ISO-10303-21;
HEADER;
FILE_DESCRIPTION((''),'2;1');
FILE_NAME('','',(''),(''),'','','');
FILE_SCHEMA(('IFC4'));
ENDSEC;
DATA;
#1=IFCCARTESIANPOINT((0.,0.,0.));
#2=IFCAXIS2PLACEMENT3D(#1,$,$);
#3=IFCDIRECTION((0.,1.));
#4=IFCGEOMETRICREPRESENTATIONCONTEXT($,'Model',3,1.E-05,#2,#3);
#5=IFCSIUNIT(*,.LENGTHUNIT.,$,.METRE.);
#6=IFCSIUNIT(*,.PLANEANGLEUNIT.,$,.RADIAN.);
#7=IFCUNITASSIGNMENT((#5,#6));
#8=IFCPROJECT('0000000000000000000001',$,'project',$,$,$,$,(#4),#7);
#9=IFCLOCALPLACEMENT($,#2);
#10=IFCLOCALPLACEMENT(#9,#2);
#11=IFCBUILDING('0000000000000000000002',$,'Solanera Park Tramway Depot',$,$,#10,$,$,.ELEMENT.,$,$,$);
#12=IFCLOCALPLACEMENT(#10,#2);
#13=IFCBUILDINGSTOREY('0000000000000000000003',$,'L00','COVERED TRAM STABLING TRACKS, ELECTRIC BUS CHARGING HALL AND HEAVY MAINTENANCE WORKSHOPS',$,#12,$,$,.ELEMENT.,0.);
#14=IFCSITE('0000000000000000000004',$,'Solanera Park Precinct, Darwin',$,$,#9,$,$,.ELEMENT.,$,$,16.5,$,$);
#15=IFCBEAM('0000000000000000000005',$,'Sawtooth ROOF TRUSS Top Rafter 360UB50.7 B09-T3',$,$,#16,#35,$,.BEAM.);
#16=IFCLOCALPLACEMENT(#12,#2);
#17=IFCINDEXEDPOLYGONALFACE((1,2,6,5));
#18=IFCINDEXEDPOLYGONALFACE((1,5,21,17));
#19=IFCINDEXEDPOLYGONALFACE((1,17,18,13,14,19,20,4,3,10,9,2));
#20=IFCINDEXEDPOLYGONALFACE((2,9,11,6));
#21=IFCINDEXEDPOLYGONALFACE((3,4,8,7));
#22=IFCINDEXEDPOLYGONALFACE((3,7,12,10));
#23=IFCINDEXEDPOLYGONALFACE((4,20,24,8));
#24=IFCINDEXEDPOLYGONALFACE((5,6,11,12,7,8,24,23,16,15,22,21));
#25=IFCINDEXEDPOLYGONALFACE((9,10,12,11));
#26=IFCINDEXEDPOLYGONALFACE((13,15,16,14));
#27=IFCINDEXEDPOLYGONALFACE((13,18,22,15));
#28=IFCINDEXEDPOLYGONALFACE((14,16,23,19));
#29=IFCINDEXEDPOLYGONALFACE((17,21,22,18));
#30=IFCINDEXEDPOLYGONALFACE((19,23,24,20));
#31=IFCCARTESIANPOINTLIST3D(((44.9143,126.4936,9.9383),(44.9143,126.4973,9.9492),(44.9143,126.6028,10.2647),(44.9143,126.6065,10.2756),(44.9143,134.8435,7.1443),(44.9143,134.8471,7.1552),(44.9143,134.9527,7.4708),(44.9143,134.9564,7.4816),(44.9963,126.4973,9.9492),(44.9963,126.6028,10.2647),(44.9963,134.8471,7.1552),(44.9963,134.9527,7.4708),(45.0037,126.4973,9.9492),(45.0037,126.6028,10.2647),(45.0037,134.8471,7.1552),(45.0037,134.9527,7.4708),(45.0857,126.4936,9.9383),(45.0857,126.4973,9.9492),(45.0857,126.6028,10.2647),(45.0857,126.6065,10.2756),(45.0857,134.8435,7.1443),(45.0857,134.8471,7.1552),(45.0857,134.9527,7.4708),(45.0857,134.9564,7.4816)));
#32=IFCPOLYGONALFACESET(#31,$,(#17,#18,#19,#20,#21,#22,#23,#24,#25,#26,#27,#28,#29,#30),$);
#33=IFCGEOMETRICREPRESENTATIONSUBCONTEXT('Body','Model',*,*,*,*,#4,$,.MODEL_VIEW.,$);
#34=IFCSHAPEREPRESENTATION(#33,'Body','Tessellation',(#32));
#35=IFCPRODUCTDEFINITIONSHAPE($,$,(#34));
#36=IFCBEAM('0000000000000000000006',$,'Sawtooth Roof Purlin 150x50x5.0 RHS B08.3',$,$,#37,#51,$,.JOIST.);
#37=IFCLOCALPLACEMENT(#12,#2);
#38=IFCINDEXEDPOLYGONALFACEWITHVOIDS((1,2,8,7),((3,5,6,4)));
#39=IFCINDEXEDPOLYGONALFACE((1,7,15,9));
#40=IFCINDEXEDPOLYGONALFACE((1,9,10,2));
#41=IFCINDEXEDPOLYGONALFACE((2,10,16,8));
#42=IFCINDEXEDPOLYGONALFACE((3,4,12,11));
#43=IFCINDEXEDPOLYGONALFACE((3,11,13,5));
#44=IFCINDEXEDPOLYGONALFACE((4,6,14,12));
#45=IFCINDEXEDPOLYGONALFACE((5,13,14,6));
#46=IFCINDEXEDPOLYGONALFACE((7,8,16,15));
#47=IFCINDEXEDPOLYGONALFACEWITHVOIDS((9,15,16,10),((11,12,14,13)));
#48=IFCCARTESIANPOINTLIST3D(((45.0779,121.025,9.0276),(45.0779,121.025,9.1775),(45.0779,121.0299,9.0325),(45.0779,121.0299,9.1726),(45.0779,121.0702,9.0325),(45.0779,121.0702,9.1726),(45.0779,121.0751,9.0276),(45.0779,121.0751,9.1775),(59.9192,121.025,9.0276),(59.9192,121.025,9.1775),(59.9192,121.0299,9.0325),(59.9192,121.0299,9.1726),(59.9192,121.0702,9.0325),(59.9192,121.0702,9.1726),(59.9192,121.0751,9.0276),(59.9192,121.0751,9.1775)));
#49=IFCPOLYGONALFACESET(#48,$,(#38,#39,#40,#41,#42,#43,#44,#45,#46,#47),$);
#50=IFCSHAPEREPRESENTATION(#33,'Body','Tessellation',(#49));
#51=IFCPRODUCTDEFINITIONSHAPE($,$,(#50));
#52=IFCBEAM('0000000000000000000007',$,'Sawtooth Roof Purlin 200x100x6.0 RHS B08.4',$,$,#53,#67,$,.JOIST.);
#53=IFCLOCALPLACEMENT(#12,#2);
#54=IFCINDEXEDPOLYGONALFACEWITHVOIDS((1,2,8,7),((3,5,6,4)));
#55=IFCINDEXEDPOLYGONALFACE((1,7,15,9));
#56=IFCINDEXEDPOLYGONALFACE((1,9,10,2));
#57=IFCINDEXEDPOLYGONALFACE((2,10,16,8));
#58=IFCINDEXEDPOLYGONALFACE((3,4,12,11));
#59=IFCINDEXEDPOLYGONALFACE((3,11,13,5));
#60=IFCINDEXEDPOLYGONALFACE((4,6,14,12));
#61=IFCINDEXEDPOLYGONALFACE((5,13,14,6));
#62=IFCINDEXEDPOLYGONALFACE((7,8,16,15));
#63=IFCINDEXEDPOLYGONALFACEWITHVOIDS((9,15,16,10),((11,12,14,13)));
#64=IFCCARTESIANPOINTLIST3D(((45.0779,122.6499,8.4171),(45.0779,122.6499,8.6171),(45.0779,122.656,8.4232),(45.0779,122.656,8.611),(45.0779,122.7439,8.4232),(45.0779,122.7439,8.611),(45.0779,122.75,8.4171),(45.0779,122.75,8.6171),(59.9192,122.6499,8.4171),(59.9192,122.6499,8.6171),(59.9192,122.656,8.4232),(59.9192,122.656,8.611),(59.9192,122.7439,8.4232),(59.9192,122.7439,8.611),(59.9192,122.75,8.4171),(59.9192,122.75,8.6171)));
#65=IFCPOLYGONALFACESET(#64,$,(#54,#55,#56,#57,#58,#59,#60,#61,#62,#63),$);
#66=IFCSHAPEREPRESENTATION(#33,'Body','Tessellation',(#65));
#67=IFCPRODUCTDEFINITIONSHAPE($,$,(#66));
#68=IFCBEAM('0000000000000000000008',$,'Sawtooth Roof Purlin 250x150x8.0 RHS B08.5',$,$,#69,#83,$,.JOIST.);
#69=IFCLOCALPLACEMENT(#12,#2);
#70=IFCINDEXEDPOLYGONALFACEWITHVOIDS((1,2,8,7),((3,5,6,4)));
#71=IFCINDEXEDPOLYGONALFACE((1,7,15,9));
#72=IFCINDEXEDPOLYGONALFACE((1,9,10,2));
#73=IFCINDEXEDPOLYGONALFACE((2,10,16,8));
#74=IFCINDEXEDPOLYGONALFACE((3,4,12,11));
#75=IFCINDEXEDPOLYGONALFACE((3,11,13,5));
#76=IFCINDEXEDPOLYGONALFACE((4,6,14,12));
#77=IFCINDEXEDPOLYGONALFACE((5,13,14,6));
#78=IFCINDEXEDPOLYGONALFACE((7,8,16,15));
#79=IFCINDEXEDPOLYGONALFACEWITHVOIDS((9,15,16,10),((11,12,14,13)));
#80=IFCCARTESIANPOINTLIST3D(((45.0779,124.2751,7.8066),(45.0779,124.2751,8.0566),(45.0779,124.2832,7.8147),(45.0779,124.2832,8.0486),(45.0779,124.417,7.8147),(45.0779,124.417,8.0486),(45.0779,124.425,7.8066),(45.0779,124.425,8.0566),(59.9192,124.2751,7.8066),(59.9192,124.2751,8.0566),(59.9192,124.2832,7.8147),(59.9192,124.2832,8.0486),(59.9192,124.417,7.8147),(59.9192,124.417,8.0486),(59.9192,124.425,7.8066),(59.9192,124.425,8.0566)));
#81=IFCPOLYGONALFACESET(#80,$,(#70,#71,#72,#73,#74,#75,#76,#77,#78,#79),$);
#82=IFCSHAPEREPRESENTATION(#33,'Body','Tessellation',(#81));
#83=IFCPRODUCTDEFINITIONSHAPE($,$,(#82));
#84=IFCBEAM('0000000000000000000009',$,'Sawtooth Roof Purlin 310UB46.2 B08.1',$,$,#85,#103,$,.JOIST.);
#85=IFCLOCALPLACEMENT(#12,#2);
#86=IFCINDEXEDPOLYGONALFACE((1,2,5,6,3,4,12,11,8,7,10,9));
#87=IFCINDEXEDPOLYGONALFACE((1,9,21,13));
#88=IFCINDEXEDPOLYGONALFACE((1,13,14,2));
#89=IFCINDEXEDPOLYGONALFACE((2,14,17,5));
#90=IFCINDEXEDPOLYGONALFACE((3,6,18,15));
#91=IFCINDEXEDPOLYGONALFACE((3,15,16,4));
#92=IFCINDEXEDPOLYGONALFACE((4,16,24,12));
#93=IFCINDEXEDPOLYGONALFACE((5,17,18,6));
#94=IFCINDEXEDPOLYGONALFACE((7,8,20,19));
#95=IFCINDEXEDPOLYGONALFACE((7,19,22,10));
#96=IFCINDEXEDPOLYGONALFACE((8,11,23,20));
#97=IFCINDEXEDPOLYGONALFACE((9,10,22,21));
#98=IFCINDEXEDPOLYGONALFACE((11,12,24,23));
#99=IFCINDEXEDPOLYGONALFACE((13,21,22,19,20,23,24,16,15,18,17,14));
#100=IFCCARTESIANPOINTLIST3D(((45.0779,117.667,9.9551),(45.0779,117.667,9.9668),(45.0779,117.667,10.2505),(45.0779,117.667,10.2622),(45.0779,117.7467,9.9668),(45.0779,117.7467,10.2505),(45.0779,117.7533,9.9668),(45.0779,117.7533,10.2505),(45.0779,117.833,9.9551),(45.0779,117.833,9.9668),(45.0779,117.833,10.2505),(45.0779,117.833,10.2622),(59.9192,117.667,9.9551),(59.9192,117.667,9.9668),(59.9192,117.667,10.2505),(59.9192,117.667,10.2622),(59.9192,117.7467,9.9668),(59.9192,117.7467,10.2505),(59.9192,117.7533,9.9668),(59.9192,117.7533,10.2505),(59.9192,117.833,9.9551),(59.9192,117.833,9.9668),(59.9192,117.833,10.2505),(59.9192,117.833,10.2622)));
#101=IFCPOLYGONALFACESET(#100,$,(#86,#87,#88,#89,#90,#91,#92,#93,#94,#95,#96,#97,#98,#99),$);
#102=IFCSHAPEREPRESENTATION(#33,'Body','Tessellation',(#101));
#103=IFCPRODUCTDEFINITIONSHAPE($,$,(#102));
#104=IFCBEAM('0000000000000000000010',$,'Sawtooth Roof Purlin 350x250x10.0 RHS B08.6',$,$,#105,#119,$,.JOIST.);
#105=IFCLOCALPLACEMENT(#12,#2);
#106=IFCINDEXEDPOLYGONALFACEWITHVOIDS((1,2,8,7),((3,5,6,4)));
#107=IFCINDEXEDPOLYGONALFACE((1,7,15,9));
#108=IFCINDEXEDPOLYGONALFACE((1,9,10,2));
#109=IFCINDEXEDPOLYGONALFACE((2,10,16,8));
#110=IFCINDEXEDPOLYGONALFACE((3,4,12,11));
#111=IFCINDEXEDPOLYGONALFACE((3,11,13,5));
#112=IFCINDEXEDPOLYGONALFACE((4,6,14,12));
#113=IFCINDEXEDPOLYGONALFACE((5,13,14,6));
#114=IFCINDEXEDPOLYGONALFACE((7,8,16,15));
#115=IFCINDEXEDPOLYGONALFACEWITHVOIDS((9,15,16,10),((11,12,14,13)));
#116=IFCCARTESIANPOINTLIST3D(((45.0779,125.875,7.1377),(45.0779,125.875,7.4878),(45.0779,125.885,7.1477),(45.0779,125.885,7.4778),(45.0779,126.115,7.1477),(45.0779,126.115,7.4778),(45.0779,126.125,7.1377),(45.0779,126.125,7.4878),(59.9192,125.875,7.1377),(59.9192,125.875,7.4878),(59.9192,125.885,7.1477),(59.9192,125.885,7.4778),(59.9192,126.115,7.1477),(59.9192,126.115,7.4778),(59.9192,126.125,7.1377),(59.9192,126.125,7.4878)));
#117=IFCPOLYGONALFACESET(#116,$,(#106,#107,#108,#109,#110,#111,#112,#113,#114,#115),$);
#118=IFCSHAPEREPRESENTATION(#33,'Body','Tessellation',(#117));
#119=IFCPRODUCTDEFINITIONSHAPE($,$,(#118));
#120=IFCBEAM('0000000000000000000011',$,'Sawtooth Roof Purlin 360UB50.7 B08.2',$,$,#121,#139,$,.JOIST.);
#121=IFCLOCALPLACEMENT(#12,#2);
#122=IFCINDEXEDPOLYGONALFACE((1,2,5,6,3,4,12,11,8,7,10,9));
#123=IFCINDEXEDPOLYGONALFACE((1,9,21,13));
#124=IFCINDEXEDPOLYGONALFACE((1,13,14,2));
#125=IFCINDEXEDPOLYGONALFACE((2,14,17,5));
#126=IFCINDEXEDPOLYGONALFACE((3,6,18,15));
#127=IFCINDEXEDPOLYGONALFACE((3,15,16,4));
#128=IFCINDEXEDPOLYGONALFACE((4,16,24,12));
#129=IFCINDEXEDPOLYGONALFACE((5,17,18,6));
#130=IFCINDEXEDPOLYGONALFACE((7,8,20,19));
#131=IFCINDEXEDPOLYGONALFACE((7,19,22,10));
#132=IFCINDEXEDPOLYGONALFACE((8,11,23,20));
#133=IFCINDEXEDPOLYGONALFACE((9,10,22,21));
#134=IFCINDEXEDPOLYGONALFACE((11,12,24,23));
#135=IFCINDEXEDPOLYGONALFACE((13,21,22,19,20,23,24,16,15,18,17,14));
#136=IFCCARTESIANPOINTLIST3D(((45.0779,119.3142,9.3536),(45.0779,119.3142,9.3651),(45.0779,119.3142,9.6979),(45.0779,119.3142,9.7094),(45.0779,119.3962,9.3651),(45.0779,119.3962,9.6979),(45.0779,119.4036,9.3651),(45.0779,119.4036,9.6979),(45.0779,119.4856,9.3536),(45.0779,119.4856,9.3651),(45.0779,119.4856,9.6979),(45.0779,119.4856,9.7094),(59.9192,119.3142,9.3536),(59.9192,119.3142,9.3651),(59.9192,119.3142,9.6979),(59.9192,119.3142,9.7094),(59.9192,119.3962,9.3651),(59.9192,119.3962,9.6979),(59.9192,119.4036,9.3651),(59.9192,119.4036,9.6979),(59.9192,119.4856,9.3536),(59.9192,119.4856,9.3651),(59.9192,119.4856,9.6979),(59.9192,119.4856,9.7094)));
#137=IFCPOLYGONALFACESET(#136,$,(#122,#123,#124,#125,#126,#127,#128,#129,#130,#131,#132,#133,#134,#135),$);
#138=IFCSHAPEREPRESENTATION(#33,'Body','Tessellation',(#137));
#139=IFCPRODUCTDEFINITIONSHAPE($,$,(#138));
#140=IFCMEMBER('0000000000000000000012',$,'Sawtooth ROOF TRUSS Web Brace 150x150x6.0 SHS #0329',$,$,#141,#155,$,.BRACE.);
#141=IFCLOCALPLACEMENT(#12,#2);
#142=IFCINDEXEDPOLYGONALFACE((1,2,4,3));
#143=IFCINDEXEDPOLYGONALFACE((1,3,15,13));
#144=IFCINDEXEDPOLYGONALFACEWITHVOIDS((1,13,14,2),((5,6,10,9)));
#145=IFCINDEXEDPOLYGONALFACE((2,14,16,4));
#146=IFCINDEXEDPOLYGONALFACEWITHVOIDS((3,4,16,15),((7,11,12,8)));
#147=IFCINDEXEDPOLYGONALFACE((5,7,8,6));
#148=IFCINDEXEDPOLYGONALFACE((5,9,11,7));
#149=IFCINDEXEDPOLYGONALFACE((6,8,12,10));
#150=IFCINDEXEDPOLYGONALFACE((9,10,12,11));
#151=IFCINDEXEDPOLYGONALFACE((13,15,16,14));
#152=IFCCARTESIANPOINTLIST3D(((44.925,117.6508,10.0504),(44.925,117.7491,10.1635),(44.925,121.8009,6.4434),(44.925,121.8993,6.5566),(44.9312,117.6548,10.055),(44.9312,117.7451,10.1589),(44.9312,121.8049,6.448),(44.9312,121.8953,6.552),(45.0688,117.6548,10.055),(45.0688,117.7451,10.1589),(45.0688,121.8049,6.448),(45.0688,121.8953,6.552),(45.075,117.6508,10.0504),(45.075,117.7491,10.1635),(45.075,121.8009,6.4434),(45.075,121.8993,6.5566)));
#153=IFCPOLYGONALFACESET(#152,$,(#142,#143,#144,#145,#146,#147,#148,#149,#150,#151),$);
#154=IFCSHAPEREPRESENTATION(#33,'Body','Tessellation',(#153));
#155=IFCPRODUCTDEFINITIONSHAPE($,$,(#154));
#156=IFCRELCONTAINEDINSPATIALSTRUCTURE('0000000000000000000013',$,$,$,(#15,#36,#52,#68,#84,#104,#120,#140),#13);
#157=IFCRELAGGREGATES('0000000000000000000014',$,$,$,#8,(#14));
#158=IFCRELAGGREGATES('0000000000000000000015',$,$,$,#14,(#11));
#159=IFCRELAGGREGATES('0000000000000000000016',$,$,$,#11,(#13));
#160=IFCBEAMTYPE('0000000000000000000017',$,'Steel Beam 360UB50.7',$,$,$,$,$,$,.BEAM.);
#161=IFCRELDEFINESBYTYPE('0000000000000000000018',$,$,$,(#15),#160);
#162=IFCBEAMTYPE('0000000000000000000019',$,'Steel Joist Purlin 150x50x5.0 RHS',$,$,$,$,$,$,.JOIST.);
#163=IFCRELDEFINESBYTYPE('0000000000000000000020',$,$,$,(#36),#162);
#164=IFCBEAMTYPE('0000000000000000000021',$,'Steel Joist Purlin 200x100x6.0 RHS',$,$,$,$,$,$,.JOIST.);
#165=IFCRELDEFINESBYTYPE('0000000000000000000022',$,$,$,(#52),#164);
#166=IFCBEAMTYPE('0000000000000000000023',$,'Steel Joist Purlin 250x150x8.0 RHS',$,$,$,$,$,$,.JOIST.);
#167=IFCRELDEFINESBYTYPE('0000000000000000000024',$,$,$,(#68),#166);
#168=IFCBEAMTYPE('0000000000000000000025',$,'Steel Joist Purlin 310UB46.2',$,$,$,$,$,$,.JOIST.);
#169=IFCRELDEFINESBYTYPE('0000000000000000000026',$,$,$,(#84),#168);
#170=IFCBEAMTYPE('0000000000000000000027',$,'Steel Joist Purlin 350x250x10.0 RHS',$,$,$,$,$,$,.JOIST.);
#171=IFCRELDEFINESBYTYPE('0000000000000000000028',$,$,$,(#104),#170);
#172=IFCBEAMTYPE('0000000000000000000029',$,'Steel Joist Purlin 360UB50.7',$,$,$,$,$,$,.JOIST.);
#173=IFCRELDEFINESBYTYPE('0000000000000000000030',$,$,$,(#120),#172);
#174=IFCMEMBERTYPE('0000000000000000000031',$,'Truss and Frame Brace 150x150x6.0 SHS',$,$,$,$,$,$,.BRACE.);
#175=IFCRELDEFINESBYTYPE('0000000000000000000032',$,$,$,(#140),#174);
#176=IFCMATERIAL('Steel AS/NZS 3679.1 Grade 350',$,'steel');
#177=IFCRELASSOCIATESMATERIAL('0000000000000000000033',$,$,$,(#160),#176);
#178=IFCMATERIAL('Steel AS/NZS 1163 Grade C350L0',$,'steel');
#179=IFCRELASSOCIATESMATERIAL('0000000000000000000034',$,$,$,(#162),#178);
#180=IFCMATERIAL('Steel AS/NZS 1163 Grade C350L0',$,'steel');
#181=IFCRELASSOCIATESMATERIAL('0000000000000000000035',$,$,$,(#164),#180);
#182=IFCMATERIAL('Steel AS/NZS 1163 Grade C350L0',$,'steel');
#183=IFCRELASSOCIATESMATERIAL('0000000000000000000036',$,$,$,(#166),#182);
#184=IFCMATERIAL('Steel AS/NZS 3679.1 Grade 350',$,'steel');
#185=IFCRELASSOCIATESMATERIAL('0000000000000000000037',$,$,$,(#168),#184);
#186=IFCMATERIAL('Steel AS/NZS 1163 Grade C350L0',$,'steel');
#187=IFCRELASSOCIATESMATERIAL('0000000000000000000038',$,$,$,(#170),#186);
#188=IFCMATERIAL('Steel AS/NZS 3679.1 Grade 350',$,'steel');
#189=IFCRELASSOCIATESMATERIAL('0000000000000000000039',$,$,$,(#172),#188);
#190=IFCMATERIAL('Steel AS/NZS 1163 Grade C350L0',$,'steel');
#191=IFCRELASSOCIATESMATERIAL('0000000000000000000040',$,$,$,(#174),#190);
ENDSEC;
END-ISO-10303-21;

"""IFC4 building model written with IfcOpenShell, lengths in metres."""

from ifc_helpers import new_model, si_unit, direction, frame, origin, origin_2d, place, context, subcontext, project, spatial, hollow_rectangle, i_section, extrude, material, material_profile, profile_set, type_object, element, save


model = new_model("IFC4")

# Units and contexts
model_context = context("Model", 3, precision=1e-05, world=origin(), true_north=direction((0.0, 1.0)))
body_context = subcontext(model_context, "Body", "Model", "MODEL_VIEW")
ifc_project = project(units=[si_unit("LENGTHUNIT", "METRE"), si_unit("PLANEANGLEUNIT", "RADIAN")], contexts=[model_context])

# Site, building, storey
site_placement = place(None, origin())
site = spatial("IfcSite", under=ifc_project, at=site_placement, Name="Solanera Park Precinct, Darwin", CompositionType="ELEMENT", RefElevation=16.5)
building_placement = place(site_placement, origin())
building = spatial("IfcBuilding", under=site, at=building_placement, Name="Solanera Park Tramway Depot", CompositionType="ELEMENT")
storey_placement = place(building_placement, origin())
storey = spatial("IfcBuildingStorey", under=building, at=storey_placement, Name="L00", Description="COVERED TRAM STABLING TRACKS, ELECTRIC BUS CHARGING HALL AND HEAVY MAINTENANCE WORKSHOPS", CompositionType="ELEMENT", Elevation=0.0)

# Beams
ifc_material_1 = material(Name="Steel AS/NZS 3679.1 Grade 350", Category="steel")
ifc_material_profile_1 = material_profile(ifc_material_1, i_section(OverallWidth=0.1714, OverallDepth=0.3557, WebThickness=0.0073, FlangeThickness=0.0115, at=origin_2d()), Name="360UB50.7")
ifc_profile_set_1 = profile_set([ifc_material_profile_1], Name="Steel AS/NZS 3679.1 Grade 350")
beam_type_1 = type_object("IfcBeamType", Name="Steel Beam 360UB50.7", PredefinedType="BEAM", material=ifc_profile_set_1)
beam_1_placement = place(storey_placement, frame((45.0, 126.55, 10.1069), z_axis=(0.0, 0.948319, -0.317317), x_axis=(-1.0, 0.0, 0.0)))
element("IfcBeam", 1, at=beam_1_placement, inside=storey, type_object=beam_type_1, Name="Sawtooth ROOF TRUSS Top Rafter 360UB50.7 B09-T3", PredefinedType="BEAM", context=body_context, shape_type="SweptSolid", body=[
    extrude(i_section(OverallWidth=0.1714, OverallDepth=0.3557, WebThickness=0.0073, FlangeThickness=0.0115, at=origin_2d()), origin(), (0.0, 0.0, 1.0), 8.8049),
])
ifc_material_2 = material(Name="Steel AS/NZS 1163 Grade C350L0", Category="steel")
ifc_material_profile_2 = material_profile(ifc_material_2, hollow_rectangle(XDim=0.05, YDim=0.1499, WallThickness=0.0049, at=origin_2d()), Name="150x50x5.0 RHS")
ifc_profile_set_2 = profile_set([ifc_material_profile_2], Name="Steel AS/NZS 1163 Grade C350L0")
beam_type_2 = type_object("IfcBeamType", Name="Steel Joist Purlin 150x50x5.0 RHS", PredefinedType="JOIST", material=ifc_profile_set_2)
beam_2_placement = place(storey_placement, frame((45.0779, 121.05, 9.1025), z_axis=(1.0, 0.0, 0.0), x_axis=(0.0, 1.0, 0.0)))
element("IfcBeam", 2, at=beam_2_placement, inside=storey, type_object=beam_type_2, Name="Sawtooth Roof Purlin 150x50x5.0 RHS B08.3", PredefinedType="JOIST", context=body_context, shape_type="SweptSolid", body=[
    extrude(hollow_rectangle(XDim=0.05, YDim=0.1499, WallThickness=0.0049, at=origin_2d()), origin(), (0.0, 0.0, 1.0), 14.8413),
])
ifc_material_3 = material(Name="Steel AS/NZS 1163 Grade C350L0", Category="steel")
ifc_material_profile_3 = material_profile(ifc_material_3, hollow_rectangle(XDim=0.1001, YDim=0.2, WallThickness=0.0061, at=origin_2d()), Name="200x100x6.0 RHS")
ifc_profile_set_3 = profile_set([ifc_material_profile_3], Name="Steel AS/NZS 1163 Grade C350L0")
beam_type_3 = type_object("IfcBeamType", Name="Steel Joist Purlin 200x100x6.0 RHS", PredefinedType="JOIST", material=ifc_profile_set_3)
beam_3_placement = place(storey_placement, frame((45.0779, 122.7, 8.5171), z_axis=(1.0, 0.0, 0.0), x_axis=(0.0, 1.0, 0.0)))
element("IfcBeam", 3, at=beam_3_placement, inside=storey, type_object=beam_type_3, Name="Sawtooth Roof Purlin 200x100x6.0 RHS B08.4", PredefinedType="JOIST", context=body_context, shape_type="SweptSolid", body=[
    extrude(hollow_rectangle(XDim=0.1001, YDim=0.2, WallThickness=0.0061, at=origin_2d()), origin(), (0.0, 0.0, 1.0), 14.8413),
])
ifc_material_4 = material(Name="Steel AS/NZS 1163 Grade C350L0", Category="steel")
ifc_material_profile_4 = material_profile(ifc_material_4, hollow_rectangle(XDim=0.1499, YDim=0.25, WallThickness=0.0081, at=origin_2d()), Name="250x150x8.0 RHS")
ifc_profile_set_4 = profile_set([ifc_material_profile_4], Name="Steel AS/NZS 1163 Grade C350L0")
beam_type_4 = type_object("IfcBeamType", Name="Steel Joist Purlin 250x150x8.0 RHS", PredefinedType="JOIST", material=ifc_profile_set_4)
beam_4_placement = place(storey_placement, frame((45.0779, 124.3501, 7.9316), z_axis=(1.0, 0.0, 0.0), x_axis=(0.0, 1.0, 0.0)))
element("IfcBeam", 4, at=beam_4_placement, inside=storey, type_object=beam_type_4, Name="Sawtooth Roof Purlin 250x150x8.0 RHS B08.5", PredefinedType="JOIST", context=body_context, shape_type="SweptSolid", body=[
    extrude(hollow_rectangle(XDim=0.1499, YDim=0.25, WallThickness=0.0081, at=origin_2d()), origin(), (0.0, 0.0, 1.0), 14.8413),
])
ifc_material_5 = material(Name="Steel AS/NZS 3679.1 Grade 350", Category="steel")
ifc_material_profile_5 = material_profile(ifc_material_5, i_section(OverallWidth=0.166, OverallDepth=0.3071, WebThickness=0.0066, FlangeThickness=0.0117, at=origin_2d()), Name="310UB46.2")
ifc_profile_set_5 = profile_set([ifc_material_profile_5], Name="Steel AS/NZS 3679.1 Grade 350")
beam_type_5 = type_object("IfcBeamType", Name="Steel Joist Purlin 310UB46.2", PredefinedType="JOIST", material=ifc_profile_set_5)
beam_5_placement = place(storey_placement, frame((45.0779, 117.75, 10.1086), z_axis=(1.0, 0.0, 0.0), x_axis=(0.0, 1.0, 0.0)))
element("IfcBeam", 5, at=beam_5_placement, inside=storey, type_object=beam_type_5, Name="Sawtooth Roof Purlin 310UB46.2 B08.1", PredefinedType="JOIST", context=body_context, shape_type="SweptSolid", body=[
    extrude(i_section(OverallWidth=0.166, OverallDepth=0.3071, WebThickness=0.0066, FlangeThickness=0.0117, at=origin_2d()), origin(), (0.0, 0.0, 1.0), 14.8413),
])
ifc_material_6 = material(Name="Steel AS/NZS 1163 Grade C350L0", Category="steel")
ifc_material_profile_6 = material_profile(ifc_material_6, hollow_rectangle(XDim=0.25, YDim=0.3501, WallThickness=0.01, at=origin_2d()), Name="350x250x10.0 RHS")
ifc_profile_set_6 = profile_set([ifc_material_profile_6], Name="Steel AS/NZS 1163 Grade C350L0")
beam_type_6 = type_object("IfcBeamType", Name="Steel Joist Purlin 350x250x10.0 RHS", PredefinedType="JOIST", material=ifc_profile_set_6)
beam_6_placement = place(storey_placement, frame((45.0779, 126.0, 7.3127), z_axis=(1.0, 0.0, 0.0), x_axis=(0.0, 1.0, 0.0)))
element("IfcBeam", 6, at=beam_6_placement, inside=storey, type_object=beam_type_6, Name="Sawtooth Roof Purlin 350x250x10.0 RHS B08.6", PredefinedType="JOIST", context=body_context, shape_type="SweptSolid", body=[
    extrude(hollow_rectangle(XDim=0.25, YDim=0.3501, WallThickness=0.01, at=origin_2d()), origin(), (0.0, 0.0, 1.0), 14.8413),
])
ifc_material_7 = material(Name="Steel AS/NZS 3679.1 Grade 350", Category="steel")
ifc_material_profile_7 = material_profile(ifc_material_7, i_section(OverallWidth=0.1714, OverallDepth=0.3557, WebThickness=0.0073, FlangeThickness=0.0115, at=origin_2d()), Name="360UB50.7")
ifc_profile_set_7 = profile_set([ifc_material_profile_7], Name="Steel AS/NZS 3679.1 Grade 350")
beam_type_7 = type_object("IfcBeamType", Name="Steel Joist Purlin 360UB50.7", PredefinedType="JOIST", material=ifc_profile_set_7)
beam_7_placement = place(storey_placement, frame((45.0779, 119.3999, 9.5315), z_axis=(1.0, 0.0, 0.0), x_axis=(0.0, 1.0, 0.0)))
element("IfcBeam", 7, at=beam_7_placement, inside=storey, type_object=beam_type_7, Name="Sawtooth Roof Purlin 360UB50.7 B08.2", PredefinedType="JOIST", context=body_context, shape_type="SweptSolid", body=[
    extrude(i_section(OverallWidth=0.1714, OverallDepth=0.3557, WebThickness=0.0073, FlangeThickness=0.0115, at=origin_2d()), origin(), (0.0, 0.0, 1.0), 14.8413),
])

# Member
ifc_material_8 = material(Name="Steel AS/NZS 1163 Grade C350L0", Category="steel")
ifc_material_profile_8 = material_profile(ifc_material_8, hollow_rectangle(XDim=0.1499, YDim=0.1499, WallThickness=0.0061, at=origin_2d()), Name="150x150x6.0 SHS")
ifc_profile_set_8 = profile_set([ifc_material_profile_8], Name="Steel AS/NZS 1163 Grade C350L0")
member_type_1 = type_object("IfcMemberType", Name="Truss and Frame Brace 150x150x6.0 SHS", PredefinedType="BRACE", material=ifc_profile_set_8)
member_1_placement = place(storey_placement, frame((45.0, 121.8501, 6.5), z_axis=(0.0, -0.754776, 0.655983), x_axis=(1.0, 0.0, 0.0)))
element("IfcMember", 8, at=member_1_placement, inside=storey, type_object=member_type_1, Name="Sawtooth ROOF TRUSS Web Brace 150x150x6.0 SHS #0329", PredefinedType="BRACE", context=body_context, shape_type="SweptSolid", body=[
    extrude(hollow_rectangle(XDim=0.1499, YDim=0.1499, WallThickness=0.0061, at=origin_2d()), origin(), (0.0, 0.0, 1.0), 5.4985),
])

save(model, "model.ifc")
